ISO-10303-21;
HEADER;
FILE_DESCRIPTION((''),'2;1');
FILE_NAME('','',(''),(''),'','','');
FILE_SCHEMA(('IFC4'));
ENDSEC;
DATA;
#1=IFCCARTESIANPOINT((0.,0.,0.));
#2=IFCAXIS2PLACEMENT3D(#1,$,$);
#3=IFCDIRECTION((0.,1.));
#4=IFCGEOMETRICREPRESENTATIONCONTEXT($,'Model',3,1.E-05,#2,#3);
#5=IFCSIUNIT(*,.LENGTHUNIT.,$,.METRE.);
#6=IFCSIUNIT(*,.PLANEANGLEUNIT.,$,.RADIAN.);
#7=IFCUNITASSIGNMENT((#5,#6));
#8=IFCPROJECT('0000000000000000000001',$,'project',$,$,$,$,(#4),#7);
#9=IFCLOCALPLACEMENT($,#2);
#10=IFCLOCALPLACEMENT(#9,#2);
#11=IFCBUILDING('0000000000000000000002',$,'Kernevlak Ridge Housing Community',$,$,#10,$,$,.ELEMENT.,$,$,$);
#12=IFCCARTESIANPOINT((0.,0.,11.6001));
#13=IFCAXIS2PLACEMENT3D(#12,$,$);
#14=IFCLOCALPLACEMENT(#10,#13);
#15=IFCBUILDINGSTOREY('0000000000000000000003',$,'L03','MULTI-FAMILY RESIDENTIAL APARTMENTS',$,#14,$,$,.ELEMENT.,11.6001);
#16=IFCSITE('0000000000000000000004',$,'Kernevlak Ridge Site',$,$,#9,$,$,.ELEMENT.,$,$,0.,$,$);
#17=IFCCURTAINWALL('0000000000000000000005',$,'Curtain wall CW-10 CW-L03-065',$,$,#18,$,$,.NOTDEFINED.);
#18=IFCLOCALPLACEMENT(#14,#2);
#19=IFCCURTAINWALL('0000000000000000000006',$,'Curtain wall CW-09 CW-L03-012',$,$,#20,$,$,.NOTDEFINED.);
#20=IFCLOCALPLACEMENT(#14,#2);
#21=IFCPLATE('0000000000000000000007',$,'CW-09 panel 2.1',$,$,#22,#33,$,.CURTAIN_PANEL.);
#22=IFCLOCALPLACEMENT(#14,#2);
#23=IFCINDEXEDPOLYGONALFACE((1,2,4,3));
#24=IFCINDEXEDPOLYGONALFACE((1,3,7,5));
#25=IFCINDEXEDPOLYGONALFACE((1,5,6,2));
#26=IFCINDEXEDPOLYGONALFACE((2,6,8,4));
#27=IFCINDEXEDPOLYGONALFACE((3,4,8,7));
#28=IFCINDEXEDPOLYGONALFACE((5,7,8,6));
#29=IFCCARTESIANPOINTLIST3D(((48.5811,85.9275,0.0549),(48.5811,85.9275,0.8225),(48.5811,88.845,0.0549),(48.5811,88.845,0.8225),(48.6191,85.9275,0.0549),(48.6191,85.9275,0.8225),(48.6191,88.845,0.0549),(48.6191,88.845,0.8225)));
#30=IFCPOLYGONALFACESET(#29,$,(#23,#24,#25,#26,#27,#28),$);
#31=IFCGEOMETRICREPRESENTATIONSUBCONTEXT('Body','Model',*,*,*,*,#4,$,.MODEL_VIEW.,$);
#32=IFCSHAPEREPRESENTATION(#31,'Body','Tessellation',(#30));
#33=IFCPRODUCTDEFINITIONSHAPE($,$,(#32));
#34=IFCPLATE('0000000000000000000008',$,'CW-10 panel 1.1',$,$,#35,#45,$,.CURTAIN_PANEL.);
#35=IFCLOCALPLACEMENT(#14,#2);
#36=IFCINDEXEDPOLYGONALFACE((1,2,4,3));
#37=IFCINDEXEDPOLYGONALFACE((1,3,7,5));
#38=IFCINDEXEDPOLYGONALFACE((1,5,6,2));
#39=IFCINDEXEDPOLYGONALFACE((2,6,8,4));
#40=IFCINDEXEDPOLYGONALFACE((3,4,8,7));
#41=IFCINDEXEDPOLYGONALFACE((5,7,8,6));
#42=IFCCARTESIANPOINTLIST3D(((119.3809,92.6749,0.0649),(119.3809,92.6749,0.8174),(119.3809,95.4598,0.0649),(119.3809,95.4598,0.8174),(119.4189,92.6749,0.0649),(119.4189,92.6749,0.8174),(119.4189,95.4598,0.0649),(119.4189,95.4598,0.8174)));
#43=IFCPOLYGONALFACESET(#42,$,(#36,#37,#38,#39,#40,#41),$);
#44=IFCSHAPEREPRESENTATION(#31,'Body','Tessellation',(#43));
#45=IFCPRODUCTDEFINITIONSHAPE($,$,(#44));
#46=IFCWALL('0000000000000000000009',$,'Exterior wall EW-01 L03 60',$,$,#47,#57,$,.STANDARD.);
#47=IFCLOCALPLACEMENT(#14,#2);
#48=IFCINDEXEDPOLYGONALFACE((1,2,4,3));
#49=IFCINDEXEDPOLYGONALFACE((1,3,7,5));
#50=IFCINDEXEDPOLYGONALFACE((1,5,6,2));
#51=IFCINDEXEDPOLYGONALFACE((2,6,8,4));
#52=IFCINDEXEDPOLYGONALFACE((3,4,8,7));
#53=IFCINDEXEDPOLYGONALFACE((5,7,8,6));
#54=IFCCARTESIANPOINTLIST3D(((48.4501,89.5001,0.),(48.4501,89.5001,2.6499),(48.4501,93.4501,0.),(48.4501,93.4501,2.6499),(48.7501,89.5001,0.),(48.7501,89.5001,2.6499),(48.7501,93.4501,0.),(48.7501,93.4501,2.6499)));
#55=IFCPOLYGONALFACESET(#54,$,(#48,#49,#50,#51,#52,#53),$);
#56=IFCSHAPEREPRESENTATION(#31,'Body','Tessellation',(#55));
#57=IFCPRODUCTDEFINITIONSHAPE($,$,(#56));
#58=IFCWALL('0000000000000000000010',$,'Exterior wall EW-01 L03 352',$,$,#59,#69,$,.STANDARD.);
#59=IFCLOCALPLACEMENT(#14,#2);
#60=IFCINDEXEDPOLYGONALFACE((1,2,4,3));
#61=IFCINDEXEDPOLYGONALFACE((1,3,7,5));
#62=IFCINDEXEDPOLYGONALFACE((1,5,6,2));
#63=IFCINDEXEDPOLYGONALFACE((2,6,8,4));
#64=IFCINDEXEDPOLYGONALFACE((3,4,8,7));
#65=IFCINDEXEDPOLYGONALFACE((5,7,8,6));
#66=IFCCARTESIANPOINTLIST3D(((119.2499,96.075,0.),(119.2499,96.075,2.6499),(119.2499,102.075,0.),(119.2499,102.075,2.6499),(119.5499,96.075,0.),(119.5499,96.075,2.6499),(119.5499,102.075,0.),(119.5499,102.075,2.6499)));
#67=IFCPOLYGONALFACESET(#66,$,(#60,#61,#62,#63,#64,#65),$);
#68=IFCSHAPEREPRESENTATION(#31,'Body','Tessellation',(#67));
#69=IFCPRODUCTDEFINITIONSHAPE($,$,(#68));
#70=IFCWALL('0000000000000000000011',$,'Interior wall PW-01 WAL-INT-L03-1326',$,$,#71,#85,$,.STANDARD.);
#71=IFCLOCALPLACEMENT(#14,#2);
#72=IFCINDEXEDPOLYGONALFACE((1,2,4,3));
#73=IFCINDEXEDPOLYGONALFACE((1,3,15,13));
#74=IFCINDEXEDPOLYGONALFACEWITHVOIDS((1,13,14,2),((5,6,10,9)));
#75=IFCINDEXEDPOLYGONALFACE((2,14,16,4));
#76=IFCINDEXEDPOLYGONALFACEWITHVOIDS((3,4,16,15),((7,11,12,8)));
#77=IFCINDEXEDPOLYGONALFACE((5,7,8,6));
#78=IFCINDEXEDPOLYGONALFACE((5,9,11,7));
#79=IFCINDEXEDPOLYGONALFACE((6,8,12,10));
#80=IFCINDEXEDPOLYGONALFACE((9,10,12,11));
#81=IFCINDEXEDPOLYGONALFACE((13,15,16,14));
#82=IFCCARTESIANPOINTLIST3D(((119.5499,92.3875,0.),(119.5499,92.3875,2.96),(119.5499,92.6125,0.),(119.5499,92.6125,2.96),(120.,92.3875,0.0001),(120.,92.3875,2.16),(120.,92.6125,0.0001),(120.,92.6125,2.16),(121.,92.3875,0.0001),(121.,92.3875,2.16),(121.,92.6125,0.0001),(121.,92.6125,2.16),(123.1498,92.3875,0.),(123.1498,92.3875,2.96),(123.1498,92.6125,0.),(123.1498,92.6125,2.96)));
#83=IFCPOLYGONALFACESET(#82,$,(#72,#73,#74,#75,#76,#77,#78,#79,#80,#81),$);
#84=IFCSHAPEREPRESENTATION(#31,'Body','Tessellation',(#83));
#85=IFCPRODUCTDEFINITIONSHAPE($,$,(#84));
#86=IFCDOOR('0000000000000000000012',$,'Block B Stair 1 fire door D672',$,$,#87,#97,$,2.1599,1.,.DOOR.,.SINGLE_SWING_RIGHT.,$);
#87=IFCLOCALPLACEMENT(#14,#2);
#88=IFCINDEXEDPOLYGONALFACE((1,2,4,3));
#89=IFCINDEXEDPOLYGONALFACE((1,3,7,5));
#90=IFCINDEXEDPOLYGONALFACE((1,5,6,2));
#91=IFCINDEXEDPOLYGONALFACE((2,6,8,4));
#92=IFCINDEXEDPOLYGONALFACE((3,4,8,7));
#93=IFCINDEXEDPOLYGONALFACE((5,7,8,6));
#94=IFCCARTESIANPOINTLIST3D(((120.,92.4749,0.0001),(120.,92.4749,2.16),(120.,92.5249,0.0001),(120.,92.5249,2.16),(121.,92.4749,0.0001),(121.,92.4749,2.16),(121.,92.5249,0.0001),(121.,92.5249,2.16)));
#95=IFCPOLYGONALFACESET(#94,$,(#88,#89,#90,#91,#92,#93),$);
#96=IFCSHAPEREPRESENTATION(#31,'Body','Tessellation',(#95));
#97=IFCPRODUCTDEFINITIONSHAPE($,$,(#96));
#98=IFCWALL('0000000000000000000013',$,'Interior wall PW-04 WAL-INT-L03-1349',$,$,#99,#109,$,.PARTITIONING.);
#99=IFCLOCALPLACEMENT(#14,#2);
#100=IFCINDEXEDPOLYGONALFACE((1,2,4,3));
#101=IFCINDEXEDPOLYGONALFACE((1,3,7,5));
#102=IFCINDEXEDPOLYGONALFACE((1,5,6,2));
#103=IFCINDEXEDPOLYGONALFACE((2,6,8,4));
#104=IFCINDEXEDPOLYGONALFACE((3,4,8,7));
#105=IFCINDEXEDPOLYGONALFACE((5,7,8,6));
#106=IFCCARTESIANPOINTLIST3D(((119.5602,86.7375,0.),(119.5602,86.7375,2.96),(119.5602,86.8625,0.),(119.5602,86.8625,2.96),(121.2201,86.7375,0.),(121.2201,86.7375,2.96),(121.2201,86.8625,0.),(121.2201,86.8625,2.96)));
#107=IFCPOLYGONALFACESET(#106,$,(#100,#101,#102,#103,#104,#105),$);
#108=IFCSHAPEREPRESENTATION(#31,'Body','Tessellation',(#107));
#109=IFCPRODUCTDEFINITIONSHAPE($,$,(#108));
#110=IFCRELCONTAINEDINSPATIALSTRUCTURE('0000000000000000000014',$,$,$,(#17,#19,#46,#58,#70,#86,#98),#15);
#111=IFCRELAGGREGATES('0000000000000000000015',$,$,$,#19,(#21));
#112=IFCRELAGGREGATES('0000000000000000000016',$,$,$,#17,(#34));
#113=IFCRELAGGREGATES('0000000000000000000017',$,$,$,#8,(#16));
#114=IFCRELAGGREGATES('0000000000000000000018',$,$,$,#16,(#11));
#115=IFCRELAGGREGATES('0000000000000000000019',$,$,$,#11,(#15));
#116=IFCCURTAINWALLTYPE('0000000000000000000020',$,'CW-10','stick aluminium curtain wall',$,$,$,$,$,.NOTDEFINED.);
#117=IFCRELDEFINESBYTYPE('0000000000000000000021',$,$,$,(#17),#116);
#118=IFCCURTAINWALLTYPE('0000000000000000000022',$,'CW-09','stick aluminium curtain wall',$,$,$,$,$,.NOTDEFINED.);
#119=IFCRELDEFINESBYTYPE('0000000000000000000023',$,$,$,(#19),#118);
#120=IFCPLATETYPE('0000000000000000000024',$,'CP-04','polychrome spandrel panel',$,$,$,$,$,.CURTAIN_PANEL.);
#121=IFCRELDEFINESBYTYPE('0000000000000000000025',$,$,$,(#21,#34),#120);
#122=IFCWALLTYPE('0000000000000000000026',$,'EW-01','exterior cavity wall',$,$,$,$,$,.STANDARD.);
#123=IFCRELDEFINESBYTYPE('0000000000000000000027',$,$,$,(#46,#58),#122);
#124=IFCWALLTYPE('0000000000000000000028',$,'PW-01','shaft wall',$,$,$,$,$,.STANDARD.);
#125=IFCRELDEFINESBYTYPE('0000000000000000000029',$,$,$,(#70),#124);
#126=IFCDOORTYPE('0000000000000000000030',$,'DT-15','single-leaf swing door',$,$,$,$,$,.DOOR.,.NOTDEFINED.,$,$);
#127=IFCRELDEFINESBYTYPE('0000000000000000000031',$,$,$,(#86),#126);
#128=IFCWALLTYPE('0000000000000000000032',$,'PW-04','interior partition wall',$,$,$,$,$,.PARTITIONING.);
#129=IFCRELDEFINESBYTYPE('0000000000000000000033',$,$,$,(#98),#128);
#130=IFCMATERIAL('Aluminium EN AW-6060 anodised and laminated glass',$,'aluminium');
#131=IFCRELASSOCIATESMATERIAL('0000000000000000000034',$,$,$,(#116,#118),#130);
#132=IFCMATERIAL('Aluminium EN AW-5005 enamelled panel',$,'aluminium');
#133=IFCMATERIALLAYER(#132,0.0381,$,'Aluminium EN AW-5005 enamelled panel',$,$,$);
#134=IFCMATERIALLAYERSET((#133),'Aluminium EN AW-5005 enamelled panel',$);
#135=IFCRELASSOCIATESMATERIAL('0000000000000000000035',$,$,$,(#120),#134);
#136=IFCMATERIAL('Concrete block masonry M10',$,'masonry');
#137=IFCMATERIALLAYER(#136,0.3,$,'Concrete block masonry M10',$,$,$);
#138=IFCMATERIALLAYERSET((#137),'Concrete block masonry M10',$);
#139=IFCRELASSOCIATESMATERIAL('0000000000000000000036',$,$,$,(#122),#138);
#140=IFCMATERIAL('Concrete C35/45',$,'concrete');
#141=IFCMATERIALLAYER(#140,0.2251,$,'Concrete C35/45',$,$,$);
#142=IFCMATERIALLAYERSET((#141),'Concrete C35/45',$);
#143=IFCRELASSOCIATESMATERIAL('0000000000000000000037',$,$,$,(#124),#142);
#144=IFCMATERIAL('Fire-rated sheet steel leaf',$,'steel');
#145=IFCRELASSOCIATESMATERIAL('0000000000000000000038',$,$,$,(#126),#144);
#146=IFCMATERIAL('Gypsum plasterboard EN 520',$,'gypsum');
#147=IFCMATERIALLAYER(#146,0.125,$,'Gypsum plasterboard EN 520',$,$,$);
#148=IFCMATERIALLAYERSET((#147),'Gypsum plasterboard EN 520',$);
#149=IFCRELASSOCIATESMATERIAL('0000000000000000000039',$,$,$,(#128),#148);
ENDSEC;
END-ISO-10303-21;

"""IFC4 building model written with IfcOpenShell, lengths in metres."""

from ifc_helpers import new_model, si_unit, direction, frame, frame_2d, origin, origin_2d, place, context, subcontext, project, spatial, rectangle, extrude, material, layer, layer_set, type_object, element, fill, aggregate, save


model = new_model("IFC4")

# Units and contexts
model_context = context("Model", 3, precision=1e-05, world=origin(), true_north=direction((0.0, 1.0)))
body_context = subcontext(model_context, "Body", "Model", "MODEL_VIEW")
ifc_project = project(units=[si_unit("LENGTHUNIT", "METRE"), si_unit("PLANEANGLEUNIT", "RADIAN")], contexts=[model_context])

# Site, building, storey
site_placement = place(None, origin())
site = spatial("IfcSite", under=ifc_project, at=site_placement, Name="Kernevlak Ridge Site", CompositionType="ELEMENT", RefElevation=0.0)
building_placement = place(site_placement, origin())
building = spatial("IfcBuilding", under=site, at=building_placement, Name="Kernevlak Ridge Housing Community", CompositionType="ELEMENT")
storey_placement = place(building_placement, frame((0.0, 0.0, 11.6001)))
storey = spatial("IfcBuildingStorey", under=building, at=storey_placement, Name="L03", Description="MULTI-FAMILY RESIDENTIAL APARTMENTS", CompositionType="ELEMENT", Elevation=11.6001)

# Curtain wall
ifc_material_1 = material(Name="Aluminium EN AW-6060 anodised and laminated glass", Category="aluminium")
curtain_wall_type_1 = type_object("IfcCurtainWallType", Name="CW-10", Description="stick aluminium curtain wall", PredefinedType="NOTDEFINED", material=ifc_material_1)
curtain_wall_1_placement = place(storey_placement, origin())
curtain_wall_1 = element("IfcCurtainWall", 1, at=curtain_wall_1_placement, inside=storey, type_object=curtain_wall_type_1, Name="Curtain wall CW-10 CW-L03-065", PredefinedType="NOTDEFINED")

# Shared definitions
ifc_material_2 = material(Name="Concrete C35/45", Category="concrete")

# Curtain wall
curtain_wall_type_2 = type_object("IfcCurtainWallType", Name="CW-09", Description="stick aluminium curtain wall", PredefinedType="NOTDEFINED", material=ifc_material_1)
curtain_wall_2_placement = place(storey_placement, origin())
curtain_wall_2 = element("IfcCurtainWall", 2, at=curtain_wall_2_placement, inside=storey, type_object=curtain_wall_type_2, Name="Curtain wall CW-09 CW-L03-012", PredefinedType="NOTDEFINED")

# Plates
ifc_material_3 = material(Name="Aluminium EN AW-5005 enamelled panel", Category="aluminium")
ifc_layer_1 = layer(ifc_material_3, 0.0381, Name="Aluminium EN AW-5005 enamelled panel")
ifc_layer_set_1 = layer_set([ifc_layer_1], Name="Aluminium EN AW-5005 enamelled panel")
plate_type_1 = type_object("IfcPlateType", Name="CP-04", Description="polychrome spandrel panel", PredefinedType="CURTAIN_PANEL", material=ifc_layer_set_1)
plate_1_placement = place(storey_placement, frame((48.6001, 87.3862, 0.0549), z_axis=(0.0, 0.0, 1.0), x_axis=(0.0, 1.0, 0.0)))
plate_1 = element("IfcPlate", 3, at=plate_1_placement, type_object=plate_type_1, Name="CW-09 panel 2.1", PredefinedType="CURTAIN_PANEL", context=body_context, shape_type="SweptSolid", body=[
    extrude(rectangle(XDim=2.9175, YDim=0.0381, at=origin_2d()), origin(), (0.0, 0.0, 1.0), 0.7676),
])
aggregate(curtain_wall_2, [plate_1])
plate_2_placement = place(storey_placement, frame((119.3999, 94.0674, 0.0649), z_axis=(0.0, 0.0, 1.0), x_axis=(0.0, 1.0, 0.0)))
plate_2 = element("IfcPlate", 4, at=plate_2_placement, type_object=plate_type_1, Name="CW-10 panel 1.1", PredefinedType="CURTAIN_PANEL", context=body_context, shape_type="SweptSolid", body=[
    extrude(rectangle(XDim=2.7849, YDim=0.0381, at=origin_2d()), origin(), (0.0, 0.0, 1.0), 0.7524),
])
aggregate(curtain_wall_1, [plate_2])

# Walls
ifc_material_4 = material(Name="Concrete block masonry M10", Category="masonry")
ifc_layer_2 = layer(ifc_material_4, 0.3, Name="Concrete block masonry M10")
ifc_layer_set_2 = layer_set([ifc_layer_2], Name="Concrete block masonry M10")
wall_type_1 = type_object("IfcWallType", Name="EW-01", Description="exterior cavity wall", PredefinedType="STANDARD", material=ifc_layer_set_2)
wall_1_placement = place(storey_placement, frame((48.6001, 89.5, 0.0), z_axis=(0.0, 0.0, 1.0), x_axis=(0.0, 1.0, 0.0)))
element("IfcWall", 5, at=wall_1_placement, inside=storey, type_object=wall_type_1, Name="Exterior wall EW-01 L03 60", PredefinedType="STANDARD", context=body_context, shape_type="SweptSolid", body=[
    extrude(rectangle(XDim=3.95, YDim=0.3, at=frame_2d((1.9751, 0.0))), origin(), (0.0, 0.0, 1.0), 2.6499),
])
wall_2_placement = place(storey_placement, frame((119.3999, 96.075, 0.0), z_axis=(0.0, 0.0, 1.0), x_axis=(0.0, 1.0, 0.0)))
element("IfcWall", 6, at=wall_2_placement, inside=storey, type_object=wall_type_1, Name="Exterior wall EW-01 L03 352", PredefinedType="STANDARD", context=body_context, shape_type="SweptSolid", body=[
    extrude(rectangle(XDim=6.0, YDim=0.3, at=frame_2d((3.0, 0.0))), origin(), (0.0, 0.0, 1.0), 2.6499),
])

# Wall, opening, door
ifc_layer_3 = layer(ifc_material_2, 0.2251, Name="Concrete C35/45")
ifc_layer_set_3 = layer_set([ifc_layer_3], Name="Concrete C35/45")
wall_type_2 = type_object("IfcWallType", Name="PW-01", Description="shaft wall", PredefinedType="STANDARD", material=ifc_layer_set_3)
wall_3_placement = place(storey_placement, frame((119.55, 92.5, 0.0), z_axis=(0.0, 0.0, 1.0), x_axis=(1.0, 0.0, 0.0)))
wall_3 = element("IfcWall", 7, at=wall_3_placement, inside=storey, type_object=wall_type_2, Name="Interior wall PW-01 WAL-INT-L03-1326", PredefinedType="STANDARD", context=body_context, shape_type="SweptSolid", body=[
    extrude(rectangle(XDim=3.5999, YDim=0.2251, at=frame_2d((1.7998, 0.0))), origin(), (0.0, 0.0, 1.0), 2.96),
])
opening_placement = place(wall_3_placement, frame((0.45, 0.0, 0.0)))
opening = element("IfcOpeningElement", 8, at=opening_placement, cuts=wall_3, PredefinedType="OPENING", context=body_context, shape_type="SweptSolid", body=[
    extrude(rectangle(XDim=1.0, YDim=2.1599, at=frame_2d((0.5, 1.0801))), frame((0.0, 0.1226, 0.0), z_axis=(0.0, -1.0, 0.0), x_axis=(1.0, 0.0, 0.0)), (0.0, 0.0, 1.0), 0.2451),
])
ifc_material_5 = material(Name="Fire-rated sheet steel leaf", Category="steel")
door_type = type_object("IfcDoorType", Name="DT-15", Description="single-leaf swing door", OperationType="NOTDEFINED", PredefinedType="DOOR", material=ifc_material_5)
door_placement = place(opening_placement, origin())
door = element("IfcDoor", 9, at=door_placement, inside=storey, type_object=door_type, Name="Block B Stair 1 fire door D672", OperationType="SINGLE_SWING_RIGHT", OverallHeight=2.1599, OverallWidth=1.0, PredefinedType="DOOR", context=body_context, shape_type="SweptSolid", body=[
    extrude(rectangle(XDim=1.0, YDim=2.1599, at=frame_2d((0.5, 1.0801))), frame((0.0, 0.0249, 0.0), z_axis=(0.0, -1.0, 0.0), x_axis=(1.0, 0.0, 0.0)), (0.0, 0.0, 1.0), 0.05),
])
fill(opening, door)

# Wall
ifc_material_6 = material(Name="Gypsum plasterboard EN 520", Category="gypsum")
ifc_layer_4 = layer(ifc_material_6, 0.125, Name="Gypsum plasterboard EN 520")
ifc_layer_set_4 = layer_set([ifc_layer_4], Name="Gypsum plasterboard EN 520")
wall_type_3 = type_object("IfcWallType", Name="PW-04", Description="interior partition wall", PredefinedType="PARTITIONING", material=ifc_layer_set_4)
wall_4_placement = place(storey_placement, frame((119.5601, 86.8, 0.0), z_axis=(0.0, 0.0, 1.0), x_axis=(1.0, 0.0, 0.0)))
element("IfcWall", 10, at=wall_4_placement, inside=storey, type_object=wall_type_3, Name="Interior wall PW-04 WAL-INT-L03-1349", PredefinedType="PARTITIONING", context=body_context, shape_type="SweptSolid", body=[
    extrude(rectangle(XDim=1.6599, YDim=0.125, at=frame_2d((0.8301, 0.0))), origin(), (0.0, 0.0, 1.0), 2.96),
])

save(model, "model.ifc")
